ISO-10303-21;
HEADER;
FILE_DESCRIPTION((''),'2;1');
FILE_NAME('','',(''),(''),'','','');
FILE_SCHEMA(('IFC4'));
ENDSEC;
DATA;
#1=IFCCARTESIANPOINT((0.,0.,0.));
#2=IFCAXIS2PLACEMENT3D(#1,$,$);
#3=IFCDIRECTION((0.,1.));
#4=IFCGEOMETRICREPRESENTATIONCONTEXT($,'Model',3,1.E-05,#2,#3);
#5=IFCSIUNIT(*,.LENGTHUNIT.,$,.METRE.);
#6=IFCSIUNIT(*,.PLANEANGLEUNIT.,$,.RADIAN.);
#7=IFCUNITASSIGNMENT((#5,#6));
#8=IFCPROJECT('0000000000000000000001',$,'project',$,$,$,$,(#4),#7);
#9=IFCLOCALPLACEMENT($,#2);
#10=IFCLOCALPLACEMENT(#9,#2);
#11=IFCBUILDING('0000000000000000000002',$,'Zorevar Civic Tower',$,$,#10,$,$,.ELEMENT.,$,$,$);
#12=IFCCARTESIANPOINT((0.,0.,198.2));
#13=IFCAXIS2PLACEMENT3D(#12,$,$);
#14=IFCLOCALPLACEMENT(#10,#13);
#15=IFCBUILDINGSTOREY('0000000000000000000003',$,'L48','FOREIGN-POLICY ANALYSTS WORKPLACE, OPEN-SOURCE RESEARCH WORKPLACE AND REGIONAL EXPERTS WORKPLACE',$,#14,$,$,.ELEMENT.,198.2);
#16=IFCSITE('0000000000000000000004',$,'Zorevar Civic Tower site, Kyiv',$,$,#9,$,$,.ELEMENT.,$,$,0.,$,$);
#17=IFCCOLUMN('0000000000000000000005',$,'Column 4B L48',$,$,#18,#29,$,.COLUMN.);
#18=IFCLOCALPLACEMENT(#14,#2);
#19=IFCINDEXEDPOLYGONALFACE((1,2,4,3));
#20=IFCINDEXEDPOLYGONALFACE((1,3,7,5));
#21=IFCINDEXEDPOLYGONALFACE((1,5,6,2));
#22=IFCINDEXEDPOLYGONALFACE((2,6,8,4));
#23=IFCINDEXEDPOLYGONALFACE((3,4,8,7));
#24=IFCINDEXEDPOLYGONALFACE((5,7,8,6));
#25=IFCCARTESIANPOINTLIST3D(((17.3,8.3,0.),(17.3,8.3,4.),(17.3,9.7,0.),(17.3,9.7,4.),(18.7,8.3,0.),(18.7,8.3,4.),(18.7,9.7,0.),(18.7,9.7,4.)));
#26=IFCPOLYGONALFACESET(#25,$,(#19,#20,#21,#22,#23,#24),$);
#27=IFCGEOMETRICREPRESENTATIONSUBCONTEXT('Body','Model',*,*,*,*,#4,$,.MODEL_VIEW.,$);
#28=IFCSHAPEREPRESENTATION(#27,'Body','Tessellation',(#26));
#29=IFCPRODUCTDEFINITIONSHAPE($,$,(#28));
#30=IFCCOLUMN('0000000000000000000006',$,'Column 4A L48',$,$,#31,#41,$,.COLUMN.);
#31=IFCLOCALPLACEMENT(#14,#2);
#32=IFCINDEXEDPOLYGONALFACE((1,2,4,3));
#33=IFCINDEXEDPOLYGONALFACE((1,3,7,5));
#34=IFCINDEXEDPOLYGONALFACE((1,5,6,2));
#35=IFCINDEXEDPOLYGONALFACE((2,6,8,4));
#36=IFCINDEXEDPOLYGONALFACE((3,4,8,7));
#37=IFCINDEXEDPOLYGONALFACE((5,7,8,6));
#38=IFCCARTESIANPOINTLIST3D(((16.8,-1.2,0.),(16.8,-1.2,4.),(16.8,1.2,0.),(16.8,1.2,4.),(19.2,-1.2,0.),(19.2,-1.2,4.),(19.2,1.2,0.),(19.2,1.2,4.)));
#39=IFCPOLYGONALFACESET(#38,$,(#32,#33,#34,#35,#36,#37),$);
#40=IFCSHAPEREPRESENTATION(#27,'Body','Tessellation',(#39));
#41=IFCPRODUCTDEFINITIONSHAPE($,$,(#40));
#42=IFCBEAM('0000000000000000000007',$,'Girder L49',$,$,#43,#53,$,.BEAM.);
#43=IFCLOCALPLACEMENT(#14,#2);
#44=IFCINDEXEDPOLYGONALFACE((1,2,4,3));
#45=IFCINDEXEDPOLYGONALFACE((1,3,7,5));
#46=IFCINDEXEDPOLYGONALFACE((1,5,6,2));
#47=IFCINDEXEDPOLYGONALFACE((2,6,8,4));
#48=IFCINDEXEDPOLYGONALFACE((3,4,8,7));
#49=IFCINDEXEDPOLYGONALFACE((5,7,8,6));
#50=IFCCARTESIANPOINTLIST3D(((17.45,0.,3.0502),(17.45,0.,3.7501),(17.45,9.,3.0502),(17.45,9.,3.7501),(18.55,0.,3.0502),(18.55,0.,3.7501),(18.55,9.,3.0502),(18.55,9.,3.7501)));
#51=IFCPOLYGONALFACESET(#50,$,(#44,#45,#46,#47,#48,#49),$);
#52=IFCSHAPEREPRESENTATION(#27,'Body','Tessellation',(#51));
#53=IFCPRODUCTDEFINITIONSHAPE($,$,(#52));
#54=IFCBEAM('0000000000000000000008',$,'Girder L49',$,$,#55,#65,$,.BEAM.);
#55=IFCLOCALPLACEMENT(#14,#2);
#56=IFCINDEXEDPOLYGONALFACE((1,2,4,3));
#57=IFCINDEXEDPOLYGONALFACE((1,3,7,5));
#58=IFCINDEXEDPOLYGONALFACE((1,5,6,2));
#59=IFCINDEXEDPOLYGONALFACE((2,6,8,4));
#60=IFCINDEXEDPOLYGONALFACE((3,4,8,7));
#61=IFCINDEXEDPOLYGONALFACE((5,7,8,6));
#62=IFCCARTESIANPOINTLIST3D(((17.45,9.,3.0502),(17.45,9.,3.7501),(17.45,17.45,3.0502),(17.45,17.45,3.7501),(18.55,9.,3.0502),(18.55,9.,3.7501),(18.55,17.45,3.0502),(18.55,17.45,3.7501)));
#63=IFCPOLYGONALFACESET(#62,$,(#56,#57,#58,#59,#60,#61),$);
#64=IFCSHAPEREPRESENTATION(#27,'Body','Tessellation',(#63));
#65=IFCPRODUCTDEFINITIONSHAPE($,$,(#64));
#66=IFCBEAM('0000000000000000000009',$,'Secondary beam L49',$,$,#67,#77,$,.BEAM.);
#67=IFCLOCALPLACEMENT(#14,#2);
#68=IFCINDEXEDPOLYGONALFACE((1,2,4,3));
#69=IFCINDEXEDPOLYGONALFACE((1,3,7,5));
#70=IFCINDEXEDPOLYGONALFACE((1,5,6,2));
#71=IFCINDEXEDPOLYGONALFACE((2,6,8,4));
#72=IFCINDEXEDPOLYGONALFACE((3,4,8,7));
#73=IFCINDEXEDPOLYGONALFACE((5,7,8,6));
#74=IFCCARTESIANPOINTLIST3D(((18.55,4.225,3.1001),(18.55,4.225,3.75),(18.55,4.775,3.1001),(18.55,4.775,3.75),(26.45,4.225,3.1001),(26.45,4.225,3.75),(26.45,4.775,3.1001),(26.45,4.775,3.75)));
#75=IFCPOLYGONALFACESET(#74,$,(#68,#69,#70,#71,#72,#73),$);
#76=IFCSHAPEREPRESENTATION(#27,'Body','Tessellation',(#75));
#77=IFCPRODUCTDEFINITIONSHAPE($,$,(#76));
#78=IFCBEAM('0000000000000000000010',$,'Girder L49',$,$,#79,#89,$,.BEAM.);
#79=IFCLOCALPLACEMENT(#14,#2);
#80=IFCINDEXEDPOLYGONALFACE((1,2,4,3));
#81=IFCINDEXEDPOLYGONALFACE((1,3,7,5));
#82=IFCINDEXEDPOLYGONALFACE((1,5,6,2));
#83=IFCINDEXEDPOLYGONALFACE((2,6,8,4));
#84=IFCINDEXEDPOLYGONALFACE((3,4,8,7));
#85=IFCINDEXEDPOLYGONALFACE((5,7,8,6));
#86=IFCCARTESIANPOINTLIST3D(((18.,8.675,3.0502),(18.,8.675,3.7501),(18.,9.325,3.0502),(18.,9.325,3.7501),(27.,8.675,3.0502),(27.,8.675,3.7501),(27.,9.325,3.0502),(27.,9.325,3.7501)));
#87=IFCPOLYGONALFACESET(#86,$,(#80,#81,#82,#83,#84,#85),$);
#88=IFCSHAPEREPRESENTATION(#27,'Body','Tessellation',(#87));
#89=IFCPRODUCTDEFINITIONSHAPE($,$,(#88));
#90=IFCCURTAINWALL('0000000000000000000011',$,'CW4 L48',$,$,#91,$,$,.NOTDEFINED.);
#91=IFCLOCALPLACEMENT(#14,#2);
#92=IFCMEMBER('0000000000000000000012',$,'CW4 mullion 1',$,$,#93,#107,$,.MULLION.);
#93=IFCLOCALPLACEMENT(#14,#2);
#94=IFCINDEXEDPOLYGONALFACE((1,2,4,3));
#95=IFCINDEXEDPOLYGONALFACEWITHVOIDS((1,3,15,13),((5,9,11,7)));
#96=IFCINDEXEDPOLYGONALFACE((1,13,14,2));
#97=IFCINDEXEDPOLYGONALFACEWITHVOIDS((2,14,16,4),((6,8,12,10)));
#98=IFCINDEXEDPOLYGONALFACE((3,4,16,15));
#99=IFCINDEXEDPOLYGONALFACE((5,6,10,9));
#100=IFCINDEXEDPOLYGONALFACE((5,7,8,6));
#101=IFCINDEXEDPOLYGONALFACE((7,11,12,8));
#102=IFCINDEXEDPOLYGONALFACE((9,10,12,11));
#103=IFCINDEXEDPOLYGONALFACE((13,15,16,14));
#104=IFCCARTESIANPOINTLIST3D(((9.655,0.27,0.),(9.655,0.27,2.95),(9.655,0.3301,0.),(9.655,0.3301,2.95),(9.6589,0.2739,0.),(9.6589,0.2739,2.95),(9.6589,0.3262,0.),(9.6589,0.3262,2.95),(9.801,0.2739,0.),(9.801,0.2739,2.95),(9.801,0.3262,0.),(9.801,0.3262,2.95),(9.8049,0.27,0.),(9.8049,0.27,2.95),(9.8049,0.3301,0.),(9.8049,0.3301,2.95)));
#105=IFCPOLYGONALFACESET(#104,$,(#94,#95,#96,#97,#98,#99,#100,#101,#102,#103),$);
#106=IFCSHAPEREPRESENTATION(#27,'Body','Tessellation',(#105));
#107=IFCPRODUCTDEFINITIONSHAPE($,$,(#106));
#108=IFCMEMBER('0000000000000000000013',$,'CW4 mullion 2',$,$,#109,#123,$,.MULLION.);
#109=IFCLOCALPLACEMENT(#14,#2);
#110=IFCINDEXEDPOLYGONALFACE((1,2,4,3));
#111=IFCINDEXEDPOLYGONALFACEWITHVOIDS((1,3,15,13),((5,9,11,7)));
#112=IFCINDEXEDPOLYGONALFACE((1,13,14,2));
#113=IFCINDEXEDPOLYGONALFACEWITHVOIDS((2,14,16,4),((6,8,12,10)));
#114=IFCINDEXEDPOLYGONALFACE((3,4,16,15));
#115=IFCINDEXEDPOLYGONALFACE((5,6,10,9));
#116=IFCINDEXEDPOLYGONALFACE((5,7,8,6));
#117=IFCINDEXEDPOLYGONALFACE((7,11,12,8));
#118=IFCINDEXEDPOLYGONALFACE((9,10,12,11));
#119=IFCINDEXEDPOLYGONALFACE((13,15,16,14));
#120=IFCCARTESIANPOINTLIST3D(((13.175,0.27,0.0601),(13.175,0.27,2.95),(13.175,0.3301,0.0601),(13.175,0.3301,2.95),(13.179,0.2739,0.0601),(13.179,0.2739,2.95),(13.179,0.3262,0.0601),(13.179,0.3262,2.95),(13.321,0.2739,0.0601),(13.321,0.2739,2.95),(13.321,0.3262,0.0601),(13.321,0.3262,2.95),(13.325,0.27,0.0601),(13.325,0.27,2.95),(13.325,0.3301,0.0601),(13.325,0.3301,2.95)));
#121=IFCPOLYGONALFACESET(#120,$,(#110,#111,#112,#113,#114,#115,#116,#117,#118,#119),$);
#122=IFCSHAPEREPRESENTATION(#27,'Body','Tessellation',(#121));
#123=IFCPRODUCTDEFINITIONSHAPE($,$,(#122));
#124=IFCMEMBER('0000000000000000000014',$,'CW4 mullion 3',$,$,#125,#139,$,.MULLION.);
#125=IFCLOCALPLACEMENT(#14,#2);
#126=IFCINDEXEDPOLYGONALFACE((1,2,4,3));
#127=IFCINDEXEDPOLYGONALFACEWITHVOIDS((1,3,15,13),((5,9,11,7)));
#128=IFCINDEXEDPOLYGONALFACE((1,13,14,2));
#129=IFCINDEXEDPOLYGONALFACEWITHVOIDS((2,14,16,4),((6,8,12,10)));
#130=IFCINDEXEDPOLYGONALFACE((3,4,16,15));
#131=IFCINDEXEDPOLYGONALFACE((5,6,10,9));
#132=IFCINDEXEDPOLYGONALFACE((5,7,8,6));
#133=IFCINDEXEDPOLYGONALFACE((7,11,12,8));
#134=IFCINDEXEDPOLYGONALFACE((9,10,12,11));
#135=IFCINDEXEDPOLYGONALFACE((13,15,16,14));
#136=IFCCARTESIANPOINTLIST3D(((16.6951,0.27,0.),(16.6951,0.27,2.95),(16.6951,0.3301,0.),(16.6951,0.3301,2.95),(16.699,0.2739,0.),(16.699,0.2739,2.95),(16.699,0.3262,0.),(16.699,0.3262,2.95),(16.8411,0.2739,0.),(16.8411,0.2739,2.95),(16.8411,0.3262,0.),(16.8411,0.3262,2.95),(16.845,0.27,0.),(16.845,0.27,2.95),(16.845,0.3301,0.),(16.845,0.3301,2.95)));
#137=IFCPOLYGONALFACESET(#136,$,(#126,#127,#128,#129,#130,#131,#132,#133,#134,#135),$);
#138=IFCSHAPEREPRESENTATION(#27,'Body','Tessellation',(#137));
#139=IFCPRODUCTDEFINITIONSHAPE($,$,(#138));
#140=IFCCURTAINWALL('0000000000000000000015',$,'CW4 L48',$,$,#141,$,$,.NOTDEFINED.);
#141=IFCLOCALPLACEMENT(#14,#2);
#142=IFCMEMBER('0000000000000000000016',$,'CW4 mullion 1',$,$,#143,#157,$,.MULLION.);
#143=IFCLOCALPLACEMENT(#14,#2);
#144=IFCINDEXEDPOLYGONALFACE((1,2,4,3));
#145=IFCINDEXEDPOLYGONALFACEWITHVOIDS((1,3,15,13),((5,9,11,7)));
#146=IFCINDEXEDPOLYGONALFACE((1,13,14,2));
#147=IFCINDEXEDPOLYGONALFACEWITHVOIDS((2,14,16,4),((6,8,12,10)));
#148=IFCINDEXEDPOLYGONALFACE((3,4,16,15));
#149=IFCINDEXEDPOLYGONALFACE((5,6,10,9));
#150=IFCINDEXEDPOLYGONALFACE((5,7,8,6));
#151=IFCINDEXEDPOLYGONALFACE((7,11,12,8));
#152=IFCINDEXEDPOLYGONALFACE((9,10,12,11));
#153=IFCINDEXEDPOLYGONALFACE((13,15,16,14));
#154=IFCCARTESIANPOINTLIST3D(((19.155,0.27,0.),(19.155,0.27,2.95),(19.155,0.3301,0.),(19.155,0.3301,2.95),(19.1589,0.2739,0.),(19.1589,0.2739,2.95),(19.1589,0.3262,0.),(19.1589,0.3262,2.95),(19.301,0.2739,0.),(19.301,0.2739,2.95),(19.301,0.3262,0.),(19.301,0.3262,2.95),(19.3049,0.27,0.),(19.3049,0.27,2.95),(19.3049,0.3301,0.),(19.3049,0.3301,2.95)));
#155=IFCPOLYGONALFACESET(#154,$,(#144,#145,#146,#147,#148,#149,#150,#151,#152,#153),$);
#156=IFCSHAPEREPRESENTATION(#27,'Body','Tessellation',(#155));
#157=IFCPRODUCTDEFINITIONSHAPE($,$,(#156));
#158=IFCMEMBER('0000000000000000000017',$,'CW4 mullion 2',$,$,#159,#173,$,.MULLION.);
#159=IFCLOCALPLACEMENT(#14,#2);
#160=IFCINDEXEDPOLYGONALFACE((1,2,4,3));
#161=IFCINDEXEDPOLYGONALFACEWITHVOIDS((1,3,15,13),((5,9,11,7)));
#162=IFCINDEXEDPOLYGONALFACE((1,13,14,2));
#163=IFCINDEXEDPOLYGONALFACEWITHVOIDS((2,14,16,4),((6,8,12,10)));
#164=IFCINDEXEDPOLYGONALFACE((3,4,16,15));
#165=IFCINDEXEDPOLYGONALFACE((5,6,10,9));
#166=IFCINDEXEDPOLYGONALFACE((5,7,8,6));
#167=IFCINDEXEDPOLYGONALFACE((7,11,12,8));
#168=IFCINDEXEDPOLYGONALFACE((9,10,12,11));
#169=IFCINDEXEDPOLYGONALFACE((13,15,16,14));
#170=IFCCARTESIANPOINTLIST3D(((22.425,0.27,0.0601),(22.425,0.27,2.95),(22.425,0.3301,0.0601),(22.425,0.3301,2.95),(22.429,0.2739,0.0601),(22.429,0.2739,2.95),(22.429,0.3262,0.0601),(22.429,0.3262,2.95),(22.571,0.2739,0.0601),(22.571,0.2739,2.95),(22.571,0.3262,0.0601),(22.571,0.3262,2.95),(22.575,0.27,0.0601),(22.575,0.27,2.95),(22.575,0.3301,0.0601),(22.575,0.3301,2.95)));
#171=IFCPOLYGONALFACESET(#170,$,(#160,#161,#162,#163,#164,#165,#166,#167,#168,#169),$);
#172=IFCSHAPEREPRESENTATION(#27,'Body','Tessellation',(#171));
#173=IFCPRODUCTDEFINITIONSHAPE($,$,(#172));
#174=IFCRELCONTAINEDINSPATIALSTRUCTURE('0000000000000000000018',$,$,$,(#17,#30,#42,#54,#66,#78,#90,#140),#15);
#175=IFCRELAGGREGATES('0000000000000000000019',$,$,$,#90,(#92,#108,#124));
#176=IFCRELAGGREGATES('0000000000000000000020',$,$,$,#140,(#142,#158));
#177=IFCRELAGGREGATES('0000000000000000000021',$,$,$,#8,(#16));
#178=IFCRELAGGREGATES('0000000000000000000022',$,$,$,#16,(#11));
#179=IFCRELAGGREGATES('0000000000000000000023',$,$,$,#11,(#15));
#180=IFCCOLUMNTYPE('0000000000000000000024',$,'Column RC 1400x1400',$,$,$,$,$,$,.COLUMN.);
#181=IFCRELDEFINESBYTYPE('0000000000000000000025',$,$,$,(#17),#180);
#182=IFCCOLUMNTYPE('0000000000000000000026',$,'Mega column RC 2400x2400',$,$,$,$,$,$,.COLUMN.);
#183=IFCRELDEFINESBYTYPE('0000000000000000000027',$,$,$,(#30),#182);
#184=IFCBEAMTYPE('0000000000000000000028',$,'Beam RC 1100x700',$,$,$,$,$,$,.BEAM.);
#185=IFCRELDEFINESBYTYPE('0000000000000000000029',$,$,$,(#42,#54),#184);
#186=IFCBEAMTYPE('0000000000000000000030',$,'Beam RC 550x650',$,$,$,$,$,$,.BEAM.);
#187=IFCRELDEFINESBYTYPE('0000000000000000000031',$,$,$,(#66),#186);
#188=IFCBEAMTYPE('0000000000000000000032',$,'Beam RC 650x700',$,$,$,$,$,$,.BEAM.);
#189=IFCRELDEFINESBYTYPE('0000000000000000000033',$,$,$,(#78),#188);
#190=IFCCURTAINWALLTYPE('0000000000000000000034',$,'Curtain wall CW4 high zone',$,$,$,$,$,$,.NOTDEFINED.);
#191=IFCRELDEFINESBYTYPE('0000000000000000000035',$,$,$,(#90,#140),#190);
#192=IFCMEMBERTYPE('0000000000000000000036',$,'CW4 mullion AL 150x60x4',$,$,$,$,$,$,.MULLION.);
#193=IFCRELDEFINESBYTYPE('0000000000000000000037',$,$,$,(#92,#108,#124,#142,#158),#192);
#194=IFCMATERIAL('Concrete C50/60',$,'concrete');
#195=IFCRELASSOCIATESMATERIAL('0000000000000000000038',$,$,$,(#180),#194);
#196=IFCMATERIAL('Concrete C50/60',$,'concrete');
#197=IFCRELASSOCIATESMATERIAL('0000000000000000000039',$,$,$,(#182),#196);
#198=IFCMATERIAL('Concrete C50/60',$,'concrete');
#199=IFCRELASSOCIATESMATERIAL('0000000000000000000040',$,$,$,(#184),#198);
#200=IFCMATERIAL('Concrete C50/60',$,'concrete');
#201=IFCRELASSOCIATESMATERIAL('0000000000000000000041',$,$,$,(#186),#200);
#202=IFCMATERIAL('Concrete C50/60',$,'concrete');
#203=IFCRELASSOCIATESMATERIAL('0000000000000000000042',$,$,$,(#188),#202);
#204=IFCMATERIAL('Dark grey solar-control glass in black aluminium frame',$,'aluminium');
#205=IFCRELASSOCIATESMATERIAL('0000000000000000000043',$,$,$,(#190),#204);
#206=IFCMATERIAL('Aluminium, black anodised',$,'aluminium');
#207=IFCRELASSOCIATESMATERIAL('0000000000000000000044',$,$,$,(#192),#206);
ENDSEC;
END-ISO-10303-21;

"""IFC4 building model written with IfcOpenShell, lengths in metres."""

from ifc_helpers import new_model, si_unit, direction, frame, origin, origin_2d, place, context, subcontext, project, spatial, rectangle, hollow_rectangle, extrude, material, material_profile, profile_set, type_object, element, aggregate, save


model = new_model("IFC4")

# Units and contexts
model_context = context("Model", 3, precision=1e-05, world=origin(), true_north=direction((0.0, 1.0)))
body_context = subcontext(model_context, "Body", "Model", "MODEL_VIEW")
ifc_project = project(units=[si_unit("LENGTHUNIT", "METRE"), si_unit("PLANEANGLEUNIT", "RADIAN")], contexts=[model_context])

# Site, building, storey
site_placement = place(None, origin())
site = spatial("IfcSite", under=ifc_project, at=site_placement, Name="Zorevar Civic Tower site, Kyiv", CompositionType="ELEMENT", RefElevation=0.0)
building_placement = place(site_placement, origin())
building = spatial("IfcBuilding", under=site, at=building_placement, Name="Zorevar Civic Tower", CompositionType="ELEMENT")
storey_placement = place(building_placement, frame((0.0, 0.0, 198.2)))
storey = spatial("IfcBuildingStorey", under=building, at=storey_placement, Name="L48", Description="FOREIGN-POLICY ANALYSTS WORKPLACE, OPEN-SOURCE RESEARCH WORKPLACE AND REGIONAL EXPERTS WORKPLACE", CompositionType="ELEMENT", Elevation=198.2)

# Columns
ifc_material_1 = material(Name="Concrete C50/60", Category="concrete")
ifc_material_profile_1 = material_profile(ifc_material_1, rectangle(XDim=1.3999, YDim=1.3999, at=origin_2d()), Name="RC 1400x1400")
ifc_profile_set_1 = profile_set([ifc_material_profile_1], Name="Concrete C50/60")
column_type_1 = type_object("IfcColumnType", Name="Column RC 1400x1400", PredefinedType="COLUMN", material=ifc_profile_set_1)
column_1_placement = place(storey_placement, frame((18.0, 9.0, 0.0), z_axis=(0.0, 0.0, 1.0), x_axis=(1.0, 0.0, 0.0)))
element("IfcColumn", 1, at=column_1_placement, inside=storey, type_object=column_type_1, Name="Column 4B L48", PredefinedType="COLUMN", context=body_context, shape_type="SweptSolid", body=[
    extrude(rectangle(XDim=1.3999, YDim=1.3999, at=origin_2d()), origin(), (0.0, 0.0, 1.0), 4.0),
])
ifc_material_2 = material(Name="Concrete C50/60", Category="concrete")
ifc_material_profile_2 = material_profile(ifc_material_2, rectangle(XDim=2.3999, YDim=2.3999, at=origin_2d()), Name="RC 2400x2400")
ifc_profile_set_2 = profile_set([ifc_material_profile_2], Name="Concrete C50/60")
column_type_2 = type_object("IfcColumnType", Name="Mega column RC 2400x2400", PredefinedType="COLUMN", material=ifc_profile_set_2)
column_2_placement = place(storey_placement, frame((18.0, 0.0, 0.0), z_axis=(0.0, 0.0, 1.0), x_axis=(1.0, 0.0, 0.0)))
element("IfcColumn", 2, at=column_2_placement, inside=storey, type_object=column_type_2, Name="Column 4A L48", PredefinedType="COLUMN", context=body_context, shape_type="SweptSolid", body=[
    extrude(rectangle(XDim=2.3999, YDim=2.3999, at=origin_2d()), origin(), (0.0, 0.0, 1.0), 4.0),
])

# Beams
ifc_material_3 = material(Name="Concrete C50/60", Category="concrete")
ifc_material_profile_3 = material_profile(ifc_material_3, rectangle(XDim=1.1001, YDim=0.7, at=origin_2d()), Name="RC 1100x700")
ifc_profile_set_3 = profile_set([ifc_material_profile_3], Name="Concrete C50/60")
beam_type_1 = type_object("IfcBeamType", Name="Beam RC 1100x700", PredefinedType="BEAM", material=ifc_profile_set_3)
beam_1_placement = place(storey_placement, frame((18.0, 0.0, 3.4001), z_axis=(0.0, 1.0, 0.0), x_axis=(-1.0, 0.0, 0.0)))
element("IfcBeam", 3, at=beam_1_placement, inside=storey, type_object=beam_type_1, Name="Girder L49", PredefinedType="BEAM", context=body_context, shape_type="SweptSolid", body=[
    extrude(rectangle(XDim=1.1001, YDim=0.7, at=origin_2d()), origin(), (0.0, 0.0, 1.0), 9.0),
])
beam_2_placement = place(storey_placement, frame((18.0, 9.0, 3.4001), z_axis=(0.0, 1.0, 0.0), x_axis=(-1.0, 0.0, 0.0)))
element("IfcBeam", 4, at=beam_2_placement, inside=storey, type_object=beam_type_1, Name="Girder L49", PredefinedType="BEAM", context=body_context, shape_type="SweptSolid", body=[
    extrude(rectangle(XDim=1.1001, YDim=0.7, at=origin_2d()), origin(), (0.0, 0.0, 1.0), 8.45),
])
ifc_material_4 = material(Name="Concrete C50/60", Category="concrete")
ifc_material_profile_4 = material_profile(ifc_material_4, rectangle(XDim=0.55, YDim=0.6499, at=origin_2d()), Name="RC 550x650")
ifc_profile_set_4 = profile_set([ifc_material_profile_4], Name="Concrete C50/60")
beam_type_2 = type_object("IfcBeamType", Name="Beam RC 550x650", PredefinedType="BEAM", material=ifc_profile_set_4)
beam_3_placement = place(storey_placement, frame((18.55, 4.5, 3.425), z_axis=(1.0, 0.0, 0.0), x_axis=(0.0, 1.0, 0.0)))
element("IfcBeam", 5, at=beam_3_placement, inside=storey, type_object=beam_type_2, Name="Secondary beam L49", PredefinedType="BEAM", context=body_context, shape_type="SweptSolid", body=[
    extrude(rectangle(XDim=0.55, YDim=0.6499, at=origin_2d()), origin(), (0.0, 0.0, 1.0), 7.8999),
])
ifc_material_5 = material(Name="Concrete C50/60", Category="concrete")
ifc_material_profile_5 = material_profile(ifc_material_5, rectangle(XDim=0.6499, YDim=0.7, at=origin_2d()), Name="RC 650x700")
ifc_profile_set_5 = profile_set([ifc_material_profile_5], Name="Concrete C50/60")
beam_type_3 = type_object("IfcBeamType", Name="Beam RC 650x700", PredefinedType="BEAM", material=ifc_profile_set_5)
beam_4_placement = place(storey_placement, frame((18.0, 9.0, 3.4001), z_axis=(1.0, 0.0, 0.0), x_axis=(0.0, 1.0, 0.0)))
element("IfcBeam", 6, at=beam_4_placement, inside=storey, type_object=beam_type_3, Name="Girder L49", PredefinedType="BEAM", context=body_context, shape_type="SweptSolid", body=[
    extrude(rectangle(XDim=0.6499, YDim=0.7, at=origin_2d()), origin(), (0.0, 0.0, 1.0), 9.0),
])

# Curtain walls, members
ifc_material_6 = material(Name="Dark grey solar-control glass in black aluminium frame", Category="aluminium")
curtain_wall_type = type_object("IfcCurtainWallType", Name="Curtain wall CW4 high zone", PredefinedType="NOTDEFINED", material=ifc_material_6)
curtain_wall_1_placement = place(storey_placement, origin())
curtain_wall_1 = element("IfcCurtainWall", 7, at=curtain_wall_1_placement, inside=storey, type_object=curtain_wall_type, Name="CW4 L48", PredefinedType="NOTDEFINED")
ifc_material_7 = material(Name="Aluminium, black anodised", Category="aluminium")
ifc_material_profile_6 = material_profile(ifc_material_7, hollow_rectangle(XDim=0.0601, YDim=0.1499, WallThickness=0.0039, at=origin_2d()), Name="AL 150x60x4")
ifc_profile_set_6 = profile_set([ifc_material_profile_6], Name="Aluminium, black anodised")
member_type_1 = type_object("IfcMemberType", Name="CW4 mullion AL 150x60x4", PredefinedType="MULLION", material=ifc_profile_set_6)
member_1_placement = place(storey_placement, frame((9.73, 0.3, 0.0), z_axis=(0.0, 0.0, 1.0), x_axis=(0.0, 1.0, 0.0)))
member_1 = element("IfcMember", 8, at=member_1_placement, type_object=member_type_1, Name="CW4 mullion 1", PredefinedType="MULLION", context=body_context, shape_type="SweptSolid", body=[
    extrude(hollow_rectangle(XDim=0.0601, YDim=0.1499, WallThickness=0.0039, at=origin_2d()), origin(), (0.0, 0.0, 1.0), 2.95),
])
member_2_placement = place(storey_placement, frame((13.25, 0.3, 0.0601), z_axis=(0.0, 0.0, 1.0), x_axis=(0.0, 1.0, 0.0)))
member_2 = element("IfcMember", 9, at=member_2_placement, type_object=member_type_1, Name="CW4 mullion 2", PredefinedType="MULLION", context=body_context, shape_type="SweptSolid", body=[
    extrude(hollow_rectangle(XDim=0.0601, YDim=0.1499, WallThickness=0.0039, at=origin_2d()), origin(), (0.0, 0.0, 1.0), 2.8899),
])
member_3_placement = place(storey_placement, frame((16.77, 0.3, 0.0), z_axis=(0.0, 0.0, 1.0), x_axis=(0.0, 1.0, 0.0)))
member_3 = element("IfcMember", 10, at=member_3_placement, type_object=member_type_1, Name="CW4 mullion 3", PredefinedType="MULLION", context=body_context, shape_type="SweptSolid", body=[
    extrude(hollow_rectangle(XDim=0.0601, YDim=0.1499, WallThickness=0.0039, at=origin_2d()), origin(), (0.0, 0.0, 1.0), 2.95),
])
curtain_wall_2_placement = place(storey_placement, origin())
curtain_wall_2 = element("IfcCurtainWall", 11, at=curtain_wall_2_placement, inside=storey, type_object=curtain_wall_type, Name="CW4 L48", PredefinedType="NOTDEFINED")
member_4_placement = place(storey_placement, frame((19.23, 0.3, 0.0), z_axis=(0.0, 0.0, 1.0), x_axis=(0.0, 1.0, 0.0)))
member_4 = element("IfcMember", 12, at=member_4_placement, type_object=member_type_1, Name="CW4 mullion 1", PredefinedType="MULLION", context=body_context, shape_type="SweptSolid", body=[
    extrude(hollow_rectangle(XDim=0.0601, YDim=0.1499, WallThickness=0.0039, at=origin_2d()), origin(), (0.0, 0.0, 1.0), 2.95),
])
member_5_placement = place(storey_placement, frame((22.5, 0.3, 0.0601), z_axis=(0.0, 0.0, 1.0), x_axis=(0.0, 1.0, 0.0)))
member_5 = element("IfcMember", 13, at=member_5_placement, type_object=member_type_1, Name="CW4 mullion 2", PredefinedType="MULLION", context=body_context, shape_type="SweptSolid", body=[
    extrude(hollow_rectangle(XDim=0.0601, YDim=0.1499, WallThickness=0.0039, at=origin_2d()), origin(), (0.0, 0.0, 1.0), 2.8899),
])

aggregate(curtain_wall_1, [member_1, member_2, member_3])
aggregate(curtain_wall_2, [member_4, member_5])

save(model, "model.ifc")
